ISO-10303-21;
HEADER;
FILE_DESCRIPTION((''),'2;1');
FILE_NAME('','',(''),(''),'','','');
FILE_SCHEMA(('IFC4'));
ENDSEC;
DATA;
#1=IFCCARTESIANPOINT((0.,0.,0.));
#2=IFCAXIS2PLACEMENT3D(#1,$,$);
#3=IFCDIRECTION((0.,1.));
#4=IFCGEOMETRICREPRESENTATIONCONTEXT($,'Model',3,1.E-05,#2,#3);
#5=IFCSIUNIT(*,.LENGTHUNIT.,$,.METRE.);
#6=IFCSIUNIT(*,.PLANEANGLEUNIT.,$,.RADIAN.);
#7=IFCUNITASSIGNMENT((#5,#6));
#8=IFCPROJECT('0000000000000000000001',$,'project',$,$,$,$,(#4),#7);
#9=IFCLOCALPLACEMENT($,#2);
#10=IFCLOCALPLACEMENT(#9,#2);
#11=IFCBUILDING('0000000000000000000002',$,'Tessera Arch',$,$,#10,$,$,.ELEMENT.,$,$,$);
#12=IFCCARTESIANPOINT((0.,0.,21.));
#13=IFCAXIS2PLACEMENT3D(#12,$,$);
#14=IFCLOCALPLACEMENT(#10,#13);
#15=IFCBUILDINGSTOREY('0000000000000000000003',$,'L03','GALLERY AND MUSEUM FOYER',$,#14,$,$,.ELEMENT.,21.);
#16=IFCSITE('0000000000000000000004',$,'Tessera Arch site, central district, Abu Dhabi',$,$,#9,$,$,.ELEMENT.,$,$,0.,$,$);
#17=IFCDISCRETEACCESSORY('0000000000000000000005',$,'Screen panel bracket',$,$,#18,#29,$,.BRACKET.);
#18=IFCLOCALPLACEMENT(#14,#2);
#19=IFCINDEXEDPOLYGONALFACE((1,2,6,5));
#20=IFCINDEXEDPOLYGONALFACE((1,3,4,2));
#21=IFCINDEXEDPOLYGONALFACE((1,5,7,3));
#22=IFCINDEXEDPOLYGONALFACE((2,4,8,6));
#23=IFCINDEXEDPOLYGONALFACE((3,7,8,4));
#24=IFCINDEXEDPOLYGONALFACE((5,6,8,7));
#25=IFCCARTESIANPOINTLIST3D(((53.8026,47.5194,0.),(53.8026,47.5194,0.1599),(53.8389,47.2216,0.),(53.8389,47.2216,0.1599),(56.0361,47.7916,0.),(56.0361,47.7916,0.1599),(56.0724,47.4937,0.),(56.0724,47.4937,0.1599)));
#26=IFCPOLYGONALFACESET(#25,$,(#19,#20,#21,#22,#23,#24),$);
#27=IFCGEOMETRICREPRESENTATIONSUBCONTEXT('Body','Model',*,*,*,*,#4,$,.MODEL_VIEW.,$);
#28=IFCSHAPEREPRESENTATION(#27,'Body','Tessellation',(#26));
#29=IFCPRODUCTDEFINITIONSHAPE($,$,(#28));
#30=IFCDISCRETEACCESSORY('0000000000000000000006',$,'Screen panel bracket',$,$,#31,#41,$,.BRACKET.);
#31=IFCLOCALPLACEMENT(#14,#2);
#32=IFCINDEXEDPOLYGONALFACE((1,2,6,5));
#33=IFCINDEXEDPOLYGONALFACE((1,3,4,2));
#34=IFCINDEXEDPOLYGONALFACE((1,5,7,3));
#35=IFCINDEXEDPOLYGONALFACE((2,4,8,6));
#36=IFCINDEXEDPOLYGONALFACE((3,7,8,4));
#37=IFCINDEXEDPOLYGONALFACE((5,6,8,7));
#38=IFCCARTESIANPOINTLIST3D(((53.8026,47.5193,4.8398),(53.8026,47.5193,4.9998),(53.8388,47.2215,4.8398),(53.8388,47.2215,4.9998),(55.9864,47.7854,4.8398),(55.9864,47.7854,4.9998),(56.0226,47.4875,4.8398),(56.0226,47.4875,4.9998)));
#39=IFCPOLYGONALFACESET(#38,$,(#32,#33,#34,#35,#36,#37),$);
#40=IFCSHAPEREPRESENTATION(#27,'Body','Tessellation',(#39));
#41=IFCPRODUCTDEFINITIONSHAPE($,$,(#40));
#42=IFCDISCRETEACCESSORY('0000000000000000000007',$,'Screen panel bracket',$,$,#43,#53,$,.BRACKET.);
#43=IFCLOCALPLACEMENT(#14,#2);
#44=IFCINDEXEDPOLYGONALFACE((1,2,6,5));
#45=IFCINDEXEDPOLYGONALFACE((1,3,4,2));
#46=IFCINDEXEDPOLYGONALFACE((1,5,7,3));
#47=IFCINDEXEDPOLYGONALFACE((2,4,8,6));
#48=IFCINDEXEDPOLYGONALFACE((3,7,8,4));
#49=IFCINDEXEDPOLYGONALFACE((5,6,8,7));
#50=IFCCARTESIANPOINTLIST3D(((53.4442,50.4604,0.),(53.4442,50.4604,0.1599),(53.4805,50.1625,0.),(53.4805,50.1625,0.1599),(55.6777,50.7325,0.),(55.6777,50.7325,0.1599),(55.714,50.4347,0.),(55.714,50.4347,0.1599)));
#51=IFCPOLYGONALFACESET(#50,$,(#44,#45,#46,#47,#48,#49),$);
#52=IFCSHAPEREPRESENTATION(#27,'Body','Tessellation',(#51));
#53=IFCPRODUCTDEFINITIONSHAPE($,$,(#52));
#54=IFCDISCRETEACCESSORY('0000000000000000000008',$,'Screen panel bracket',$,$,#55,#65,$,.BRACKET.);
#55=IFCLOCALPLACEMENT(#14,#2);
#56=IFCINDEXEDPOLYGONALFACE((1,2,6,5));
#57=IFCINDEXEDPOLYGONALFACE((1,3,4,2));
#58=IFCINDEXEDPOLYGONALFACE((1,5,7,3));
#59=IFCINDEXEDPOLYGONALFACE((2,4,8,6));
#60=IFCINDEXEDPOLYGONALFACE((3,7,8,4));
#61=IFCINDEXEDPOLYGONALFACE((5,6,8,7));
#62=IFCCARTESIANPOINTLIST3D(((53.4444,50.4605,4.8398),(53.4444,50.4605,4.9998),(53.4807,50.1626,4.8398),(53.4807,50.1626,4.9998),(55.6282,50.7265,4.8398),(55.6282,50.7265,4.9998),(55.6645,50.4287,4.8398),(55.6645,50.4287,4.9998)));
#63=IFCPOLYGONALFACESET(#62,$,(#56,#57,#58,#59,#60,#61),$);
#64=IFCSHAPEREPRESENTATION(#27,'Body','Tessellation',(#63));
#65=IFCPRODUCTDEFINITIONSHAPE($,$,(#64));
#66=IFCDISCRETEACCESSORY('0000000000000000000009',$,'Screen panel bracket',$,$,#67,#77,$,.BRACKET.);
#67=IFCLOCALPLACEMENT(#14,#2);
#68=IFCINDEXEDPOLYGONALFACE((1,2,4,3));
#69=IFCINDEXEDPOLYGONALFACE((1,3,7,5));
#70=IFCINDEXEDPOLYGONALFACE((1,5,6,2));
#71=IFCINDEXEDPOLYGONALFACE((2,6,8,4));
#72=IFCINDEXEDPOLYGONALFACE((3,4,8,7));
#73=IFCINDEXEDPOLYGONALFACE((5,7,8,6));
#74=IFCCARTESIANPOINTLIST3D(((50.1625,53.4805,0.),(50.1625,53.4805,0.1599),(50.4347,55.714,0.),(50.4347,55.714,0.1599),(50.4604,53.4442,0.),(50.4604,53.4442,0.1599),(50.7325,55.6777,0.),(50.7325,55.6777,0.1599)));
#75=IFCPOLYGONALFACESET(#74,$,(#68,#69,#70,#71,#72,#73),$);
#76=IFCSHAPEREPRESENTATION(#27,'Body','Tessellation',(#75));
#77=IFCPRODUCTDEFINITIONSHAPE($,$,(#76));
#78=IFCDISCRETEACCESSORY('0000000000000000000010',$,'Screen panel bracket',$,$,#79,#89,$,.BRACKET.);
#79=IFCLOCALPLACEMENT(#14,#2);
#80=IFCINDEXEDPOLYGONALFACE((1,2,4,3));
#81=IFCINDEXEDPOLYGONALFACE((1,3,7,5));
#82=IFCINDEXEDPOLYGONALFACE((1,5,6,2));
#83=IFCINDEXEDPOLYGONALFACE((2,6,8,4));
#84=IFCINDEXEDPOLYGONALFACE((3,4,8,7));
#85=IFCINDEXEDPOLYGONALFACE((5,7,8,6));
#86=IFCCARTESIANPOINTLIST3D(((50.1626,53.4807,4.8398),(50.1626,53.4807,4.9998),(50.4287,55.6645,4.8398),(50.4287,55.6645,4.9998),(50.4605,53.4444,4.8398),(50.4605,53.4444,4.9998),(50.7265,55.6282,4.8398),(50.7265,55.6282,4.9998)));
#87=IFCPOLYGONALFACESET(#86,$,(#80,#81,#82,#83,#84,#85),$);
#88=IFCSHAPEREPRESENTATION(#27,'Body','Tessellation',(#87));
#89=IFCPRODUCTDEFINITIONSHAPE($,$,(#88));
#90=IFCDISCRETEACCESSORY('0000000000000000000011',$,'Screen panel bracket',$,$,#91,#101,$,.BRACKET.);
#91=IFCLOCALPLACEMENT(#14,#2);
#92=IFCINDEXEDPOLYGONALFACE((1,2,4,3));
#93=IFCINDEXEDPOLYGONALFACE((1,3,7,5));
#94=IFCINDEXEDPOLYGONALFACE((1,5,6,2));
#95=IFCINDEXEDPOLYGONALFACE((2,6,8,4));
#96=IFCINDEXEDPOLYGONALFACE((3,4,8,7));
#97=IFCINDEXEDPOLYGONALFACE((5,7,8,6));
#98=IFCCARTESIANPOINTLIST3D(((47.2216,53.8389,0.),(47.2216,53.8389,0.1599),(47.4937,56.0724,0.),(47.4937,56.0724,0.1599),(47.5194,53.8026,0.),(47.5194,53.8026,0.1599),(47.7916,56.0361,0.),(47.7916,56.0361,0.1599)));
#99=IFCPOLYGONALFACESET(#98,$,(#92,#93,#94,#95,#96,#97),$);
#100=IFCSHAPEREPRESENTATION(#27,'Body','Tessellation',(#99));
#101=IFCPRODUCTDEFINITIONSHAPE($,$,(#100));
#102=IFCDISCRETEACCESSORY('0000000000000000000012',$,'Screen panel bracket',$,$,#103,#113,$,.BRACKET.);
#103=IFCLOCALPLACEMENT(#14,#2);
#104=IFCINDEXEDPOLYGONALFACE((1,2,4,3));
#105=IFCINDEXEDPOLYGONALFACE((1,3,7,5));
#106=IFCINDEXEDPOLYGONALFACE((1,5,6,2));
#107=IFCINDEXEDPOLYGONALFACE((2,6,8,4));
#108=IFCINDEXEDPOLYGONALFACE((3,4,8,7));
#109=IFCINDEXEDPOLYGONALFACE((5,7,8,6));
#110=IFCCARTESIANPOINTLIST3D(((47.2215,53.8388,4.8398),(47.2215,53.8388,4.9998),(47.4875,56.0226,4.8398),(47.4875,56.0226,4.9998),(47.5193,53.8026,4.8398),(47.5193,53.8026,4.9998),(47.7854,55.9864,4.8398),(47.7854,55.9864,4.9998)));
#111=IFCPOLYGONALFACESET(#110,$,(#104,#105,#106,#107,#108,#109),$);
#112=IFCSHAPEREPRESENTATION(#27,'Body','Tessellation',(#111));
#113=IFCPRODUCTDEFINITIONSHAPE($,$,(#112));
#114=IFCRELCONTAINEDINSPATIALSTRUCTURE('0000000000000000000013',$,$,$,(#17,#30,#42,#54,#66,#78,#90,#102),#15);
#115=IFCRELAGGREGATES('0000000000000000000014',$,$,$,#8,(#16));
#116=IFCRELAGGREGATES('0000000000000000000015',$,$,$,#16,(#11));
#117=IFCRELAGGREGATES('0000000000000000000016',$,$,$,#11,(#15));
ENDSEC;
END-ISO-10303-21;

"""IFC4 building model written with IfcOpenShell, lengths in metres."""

from ifc_helpers import new_model, si_unit, direction, frame, origin, origin_2d, place, context, subcontext, project, spatial, rectangle, extrude, element, save


model = new_model("IFC4")

# Units and contexts
model_context = context("Model", 3, precision=1e-05, world=origin(), true_north=direction((0.0, 1.0)))
body_context = subcontext(model_context, "Body", "Model", "MODEL_VIEW")
ifc_project = project(units=[si_unit("LENGTHUNIT", "METRE"), si_unit("PLANEANGLEUNIT", "RADIAN")], contexts=[model_context])

# Site, building, storey
site_placement = place(None, origin())
site = spatial("IfcSite", under=ifc_project, at=site_placement, Name="Tessera Arch site, central district, Abu Dhabi", CompositionType="ELEMENT", RefElevation=0.0)
building_placement = place(site_placement, origin())
building = spatial("IfcBuilding", under=site, at=building_placement, Name="Tessera Arch", CompositionType="ELEMENT")
storey_placement = place(building_placement, frame((0.0, 0.0, 21.0)))
storey = spatial("IfcBuildingStorey", under=building, at=storey_placement, Name="L03", Description="GALLERY AND MUSEUM FOYER", CompositionType="ELEMENT", Elevation=21.0)

# Discrete accessories
discrete_accessory_1_placement = place(storey_placement, frame((54.9375, 47.5066, 0.0), z_axis=(0.0, 0.0, 1.0), x_axis=(0.992658, 0.120951, 0.0)))
element("IfcDiscreteAccessory", 1, at=discrete_accessory_1_placement, inside=storey, Name="Screen panel bracket", PredefinedType="BRACKET", context=body_context, shape_type="SweptSolid", body=[
    extrude(rectangle(XDim=2.25, YDim=0.3, at=origin_2d()), origin(), (0.0, 0.0, 1.0), 0.1599),
])
discrete_accessory_2_placement = place(storey_placement, frame((54.9126, 47.5034, 4.8398), z_axis=(0.0, 0.0, 1.0), x_axis=(0.992658, 0.120951, 0.0)))
element("IfcDiscreteAccessory", 2, at=discrete_accessory_2_placement, inside=storey, Name="Screen panel bracket", PredefinedType="BRACKET", context=body_context, shape_type="SweptSolid", body=[
    extrude(rectangle(XDim=2.2, YDim=0.3, at=origin_2d()), origin(), (0.0, 0.0, 1.0), 0.1599),
])
discrete_accessory_3_placement = place(storey_placement, frame((54.5791, 50.4475, 0.0), z_axis=(0.0, 0.0, 1.0), x_axis=(0.992658, 0.120951, 0.0)))
element("IfcDiscreteAccessory", 3, at=discrete_accessory_3_placement, inside=storey, Name="Screen panel bracket", PredefinedType="BRACKET", context=body_context, shape_type="SweptSolid", body=[
    extrude(rectangle(XDim=2.25, YDim=0.3, at=origin_2d()), origin(), (0.0, 0.0, 1.0), 0.1599),
])
discrete_accessory_4_placement = place(storey_placement, frame((54.5544, 50.4446, 4.8398), z_axis=(0.0, 0.0, 1.0), x_axis=(0.992658, 0.120951, 0.0)))
element("IfcDiscreteAccessory", 4, at=discrete_accessory_4_placement, inside=storey, Name="Screen panel bracket", PredefinedType="BRACKET", context=body_context, shape_type="SweptSolid", body=[
    extrude(rectangle(XDim=2.2, YDim=0.3, at=origin_2d()), origin(), (0.0, 0.0, 1.0), 0.1599),
])
discrete_accessory_5_placement = place(storey_placement, frame((50.4475, 54.5791, 0.0), z_axis=(0.0, 0.0, 1.0), x_axis=(0.120951, 0.992658, 0.0)))
element("IfcDiscreteAccessory", 5, at=discrete_accessory_5_placement, inside=storey, Name="Screen panel bracket", PredefinedType="BRACKET", context=body_context, shape_type="SweptSolid", body=[
    extrude(rectangle(XDim=2.25, YDim=0.3, at=origin_2d()), origin(), (0.0, 0.0, 1.0), 0.1599),
])
discrete_accessory_6_placement = place(storey_placement, frame((50.4446, 54.5544, 4.8398), z_axis=(0.0, 0.0, 1.0), x_axis=(0.120951, 0.992658, 0.0)))
element("IfcDiscreteAccessory", 6, at=discrete_accessory_6_placement, inside=storey, Name="Screen panel bracket", PredefinedType="BRACKET", context=body_context, shape_type="SweptSolid", body=[
    extrude(rectangle(XDim=2.2, YDim=0.3, at=origin_2d()), origin(), (0.0, 0.0, 1.0), 0.1599),
])
discrete_accessory_7_placement = place(storey_placement, frame((47.5066, 54.9375, 0.0), z_axis=(0.0, 0.0, 1.0), x_axis=(0.120951, 0.992658, 0.0)))
element("IfcDiscreteAccessory", 7, at=discrete_accessory_7_placement, inside=storey, Name="Screen panel bracket", PredefinedType="BRACKET", context=body_context, shape_type="SweptSolid", body=[
    extrude(rectangle(XDim=2.25, YDim=0.3, at=origin_2d()), origin(), (0.0, 0.0, 1.0), 0.1599),
])
discrete_accessory_8_placement = place(storey_placement, frame((47.5034, 54.9126, 4.8398), z_axis=(0.0, 0.0, 1.0), x_axis=(0.120951, 0.992658, 0.0)))
element("IfcDiscreteAccessory", 8, at=discrete_accessory_8_placement, inside=storey, Name="Screen panel bracket", PredefinedType="BRACKET", context=body_context, shape_type="SweptSolid", body=[
    extrude(rectangle(XDim=2.2, YDim=0.3, at=origin_2d()), origin(), (0.0, 0.0, 1.0), 0.1599),
])

save(model, "model.ifc")
